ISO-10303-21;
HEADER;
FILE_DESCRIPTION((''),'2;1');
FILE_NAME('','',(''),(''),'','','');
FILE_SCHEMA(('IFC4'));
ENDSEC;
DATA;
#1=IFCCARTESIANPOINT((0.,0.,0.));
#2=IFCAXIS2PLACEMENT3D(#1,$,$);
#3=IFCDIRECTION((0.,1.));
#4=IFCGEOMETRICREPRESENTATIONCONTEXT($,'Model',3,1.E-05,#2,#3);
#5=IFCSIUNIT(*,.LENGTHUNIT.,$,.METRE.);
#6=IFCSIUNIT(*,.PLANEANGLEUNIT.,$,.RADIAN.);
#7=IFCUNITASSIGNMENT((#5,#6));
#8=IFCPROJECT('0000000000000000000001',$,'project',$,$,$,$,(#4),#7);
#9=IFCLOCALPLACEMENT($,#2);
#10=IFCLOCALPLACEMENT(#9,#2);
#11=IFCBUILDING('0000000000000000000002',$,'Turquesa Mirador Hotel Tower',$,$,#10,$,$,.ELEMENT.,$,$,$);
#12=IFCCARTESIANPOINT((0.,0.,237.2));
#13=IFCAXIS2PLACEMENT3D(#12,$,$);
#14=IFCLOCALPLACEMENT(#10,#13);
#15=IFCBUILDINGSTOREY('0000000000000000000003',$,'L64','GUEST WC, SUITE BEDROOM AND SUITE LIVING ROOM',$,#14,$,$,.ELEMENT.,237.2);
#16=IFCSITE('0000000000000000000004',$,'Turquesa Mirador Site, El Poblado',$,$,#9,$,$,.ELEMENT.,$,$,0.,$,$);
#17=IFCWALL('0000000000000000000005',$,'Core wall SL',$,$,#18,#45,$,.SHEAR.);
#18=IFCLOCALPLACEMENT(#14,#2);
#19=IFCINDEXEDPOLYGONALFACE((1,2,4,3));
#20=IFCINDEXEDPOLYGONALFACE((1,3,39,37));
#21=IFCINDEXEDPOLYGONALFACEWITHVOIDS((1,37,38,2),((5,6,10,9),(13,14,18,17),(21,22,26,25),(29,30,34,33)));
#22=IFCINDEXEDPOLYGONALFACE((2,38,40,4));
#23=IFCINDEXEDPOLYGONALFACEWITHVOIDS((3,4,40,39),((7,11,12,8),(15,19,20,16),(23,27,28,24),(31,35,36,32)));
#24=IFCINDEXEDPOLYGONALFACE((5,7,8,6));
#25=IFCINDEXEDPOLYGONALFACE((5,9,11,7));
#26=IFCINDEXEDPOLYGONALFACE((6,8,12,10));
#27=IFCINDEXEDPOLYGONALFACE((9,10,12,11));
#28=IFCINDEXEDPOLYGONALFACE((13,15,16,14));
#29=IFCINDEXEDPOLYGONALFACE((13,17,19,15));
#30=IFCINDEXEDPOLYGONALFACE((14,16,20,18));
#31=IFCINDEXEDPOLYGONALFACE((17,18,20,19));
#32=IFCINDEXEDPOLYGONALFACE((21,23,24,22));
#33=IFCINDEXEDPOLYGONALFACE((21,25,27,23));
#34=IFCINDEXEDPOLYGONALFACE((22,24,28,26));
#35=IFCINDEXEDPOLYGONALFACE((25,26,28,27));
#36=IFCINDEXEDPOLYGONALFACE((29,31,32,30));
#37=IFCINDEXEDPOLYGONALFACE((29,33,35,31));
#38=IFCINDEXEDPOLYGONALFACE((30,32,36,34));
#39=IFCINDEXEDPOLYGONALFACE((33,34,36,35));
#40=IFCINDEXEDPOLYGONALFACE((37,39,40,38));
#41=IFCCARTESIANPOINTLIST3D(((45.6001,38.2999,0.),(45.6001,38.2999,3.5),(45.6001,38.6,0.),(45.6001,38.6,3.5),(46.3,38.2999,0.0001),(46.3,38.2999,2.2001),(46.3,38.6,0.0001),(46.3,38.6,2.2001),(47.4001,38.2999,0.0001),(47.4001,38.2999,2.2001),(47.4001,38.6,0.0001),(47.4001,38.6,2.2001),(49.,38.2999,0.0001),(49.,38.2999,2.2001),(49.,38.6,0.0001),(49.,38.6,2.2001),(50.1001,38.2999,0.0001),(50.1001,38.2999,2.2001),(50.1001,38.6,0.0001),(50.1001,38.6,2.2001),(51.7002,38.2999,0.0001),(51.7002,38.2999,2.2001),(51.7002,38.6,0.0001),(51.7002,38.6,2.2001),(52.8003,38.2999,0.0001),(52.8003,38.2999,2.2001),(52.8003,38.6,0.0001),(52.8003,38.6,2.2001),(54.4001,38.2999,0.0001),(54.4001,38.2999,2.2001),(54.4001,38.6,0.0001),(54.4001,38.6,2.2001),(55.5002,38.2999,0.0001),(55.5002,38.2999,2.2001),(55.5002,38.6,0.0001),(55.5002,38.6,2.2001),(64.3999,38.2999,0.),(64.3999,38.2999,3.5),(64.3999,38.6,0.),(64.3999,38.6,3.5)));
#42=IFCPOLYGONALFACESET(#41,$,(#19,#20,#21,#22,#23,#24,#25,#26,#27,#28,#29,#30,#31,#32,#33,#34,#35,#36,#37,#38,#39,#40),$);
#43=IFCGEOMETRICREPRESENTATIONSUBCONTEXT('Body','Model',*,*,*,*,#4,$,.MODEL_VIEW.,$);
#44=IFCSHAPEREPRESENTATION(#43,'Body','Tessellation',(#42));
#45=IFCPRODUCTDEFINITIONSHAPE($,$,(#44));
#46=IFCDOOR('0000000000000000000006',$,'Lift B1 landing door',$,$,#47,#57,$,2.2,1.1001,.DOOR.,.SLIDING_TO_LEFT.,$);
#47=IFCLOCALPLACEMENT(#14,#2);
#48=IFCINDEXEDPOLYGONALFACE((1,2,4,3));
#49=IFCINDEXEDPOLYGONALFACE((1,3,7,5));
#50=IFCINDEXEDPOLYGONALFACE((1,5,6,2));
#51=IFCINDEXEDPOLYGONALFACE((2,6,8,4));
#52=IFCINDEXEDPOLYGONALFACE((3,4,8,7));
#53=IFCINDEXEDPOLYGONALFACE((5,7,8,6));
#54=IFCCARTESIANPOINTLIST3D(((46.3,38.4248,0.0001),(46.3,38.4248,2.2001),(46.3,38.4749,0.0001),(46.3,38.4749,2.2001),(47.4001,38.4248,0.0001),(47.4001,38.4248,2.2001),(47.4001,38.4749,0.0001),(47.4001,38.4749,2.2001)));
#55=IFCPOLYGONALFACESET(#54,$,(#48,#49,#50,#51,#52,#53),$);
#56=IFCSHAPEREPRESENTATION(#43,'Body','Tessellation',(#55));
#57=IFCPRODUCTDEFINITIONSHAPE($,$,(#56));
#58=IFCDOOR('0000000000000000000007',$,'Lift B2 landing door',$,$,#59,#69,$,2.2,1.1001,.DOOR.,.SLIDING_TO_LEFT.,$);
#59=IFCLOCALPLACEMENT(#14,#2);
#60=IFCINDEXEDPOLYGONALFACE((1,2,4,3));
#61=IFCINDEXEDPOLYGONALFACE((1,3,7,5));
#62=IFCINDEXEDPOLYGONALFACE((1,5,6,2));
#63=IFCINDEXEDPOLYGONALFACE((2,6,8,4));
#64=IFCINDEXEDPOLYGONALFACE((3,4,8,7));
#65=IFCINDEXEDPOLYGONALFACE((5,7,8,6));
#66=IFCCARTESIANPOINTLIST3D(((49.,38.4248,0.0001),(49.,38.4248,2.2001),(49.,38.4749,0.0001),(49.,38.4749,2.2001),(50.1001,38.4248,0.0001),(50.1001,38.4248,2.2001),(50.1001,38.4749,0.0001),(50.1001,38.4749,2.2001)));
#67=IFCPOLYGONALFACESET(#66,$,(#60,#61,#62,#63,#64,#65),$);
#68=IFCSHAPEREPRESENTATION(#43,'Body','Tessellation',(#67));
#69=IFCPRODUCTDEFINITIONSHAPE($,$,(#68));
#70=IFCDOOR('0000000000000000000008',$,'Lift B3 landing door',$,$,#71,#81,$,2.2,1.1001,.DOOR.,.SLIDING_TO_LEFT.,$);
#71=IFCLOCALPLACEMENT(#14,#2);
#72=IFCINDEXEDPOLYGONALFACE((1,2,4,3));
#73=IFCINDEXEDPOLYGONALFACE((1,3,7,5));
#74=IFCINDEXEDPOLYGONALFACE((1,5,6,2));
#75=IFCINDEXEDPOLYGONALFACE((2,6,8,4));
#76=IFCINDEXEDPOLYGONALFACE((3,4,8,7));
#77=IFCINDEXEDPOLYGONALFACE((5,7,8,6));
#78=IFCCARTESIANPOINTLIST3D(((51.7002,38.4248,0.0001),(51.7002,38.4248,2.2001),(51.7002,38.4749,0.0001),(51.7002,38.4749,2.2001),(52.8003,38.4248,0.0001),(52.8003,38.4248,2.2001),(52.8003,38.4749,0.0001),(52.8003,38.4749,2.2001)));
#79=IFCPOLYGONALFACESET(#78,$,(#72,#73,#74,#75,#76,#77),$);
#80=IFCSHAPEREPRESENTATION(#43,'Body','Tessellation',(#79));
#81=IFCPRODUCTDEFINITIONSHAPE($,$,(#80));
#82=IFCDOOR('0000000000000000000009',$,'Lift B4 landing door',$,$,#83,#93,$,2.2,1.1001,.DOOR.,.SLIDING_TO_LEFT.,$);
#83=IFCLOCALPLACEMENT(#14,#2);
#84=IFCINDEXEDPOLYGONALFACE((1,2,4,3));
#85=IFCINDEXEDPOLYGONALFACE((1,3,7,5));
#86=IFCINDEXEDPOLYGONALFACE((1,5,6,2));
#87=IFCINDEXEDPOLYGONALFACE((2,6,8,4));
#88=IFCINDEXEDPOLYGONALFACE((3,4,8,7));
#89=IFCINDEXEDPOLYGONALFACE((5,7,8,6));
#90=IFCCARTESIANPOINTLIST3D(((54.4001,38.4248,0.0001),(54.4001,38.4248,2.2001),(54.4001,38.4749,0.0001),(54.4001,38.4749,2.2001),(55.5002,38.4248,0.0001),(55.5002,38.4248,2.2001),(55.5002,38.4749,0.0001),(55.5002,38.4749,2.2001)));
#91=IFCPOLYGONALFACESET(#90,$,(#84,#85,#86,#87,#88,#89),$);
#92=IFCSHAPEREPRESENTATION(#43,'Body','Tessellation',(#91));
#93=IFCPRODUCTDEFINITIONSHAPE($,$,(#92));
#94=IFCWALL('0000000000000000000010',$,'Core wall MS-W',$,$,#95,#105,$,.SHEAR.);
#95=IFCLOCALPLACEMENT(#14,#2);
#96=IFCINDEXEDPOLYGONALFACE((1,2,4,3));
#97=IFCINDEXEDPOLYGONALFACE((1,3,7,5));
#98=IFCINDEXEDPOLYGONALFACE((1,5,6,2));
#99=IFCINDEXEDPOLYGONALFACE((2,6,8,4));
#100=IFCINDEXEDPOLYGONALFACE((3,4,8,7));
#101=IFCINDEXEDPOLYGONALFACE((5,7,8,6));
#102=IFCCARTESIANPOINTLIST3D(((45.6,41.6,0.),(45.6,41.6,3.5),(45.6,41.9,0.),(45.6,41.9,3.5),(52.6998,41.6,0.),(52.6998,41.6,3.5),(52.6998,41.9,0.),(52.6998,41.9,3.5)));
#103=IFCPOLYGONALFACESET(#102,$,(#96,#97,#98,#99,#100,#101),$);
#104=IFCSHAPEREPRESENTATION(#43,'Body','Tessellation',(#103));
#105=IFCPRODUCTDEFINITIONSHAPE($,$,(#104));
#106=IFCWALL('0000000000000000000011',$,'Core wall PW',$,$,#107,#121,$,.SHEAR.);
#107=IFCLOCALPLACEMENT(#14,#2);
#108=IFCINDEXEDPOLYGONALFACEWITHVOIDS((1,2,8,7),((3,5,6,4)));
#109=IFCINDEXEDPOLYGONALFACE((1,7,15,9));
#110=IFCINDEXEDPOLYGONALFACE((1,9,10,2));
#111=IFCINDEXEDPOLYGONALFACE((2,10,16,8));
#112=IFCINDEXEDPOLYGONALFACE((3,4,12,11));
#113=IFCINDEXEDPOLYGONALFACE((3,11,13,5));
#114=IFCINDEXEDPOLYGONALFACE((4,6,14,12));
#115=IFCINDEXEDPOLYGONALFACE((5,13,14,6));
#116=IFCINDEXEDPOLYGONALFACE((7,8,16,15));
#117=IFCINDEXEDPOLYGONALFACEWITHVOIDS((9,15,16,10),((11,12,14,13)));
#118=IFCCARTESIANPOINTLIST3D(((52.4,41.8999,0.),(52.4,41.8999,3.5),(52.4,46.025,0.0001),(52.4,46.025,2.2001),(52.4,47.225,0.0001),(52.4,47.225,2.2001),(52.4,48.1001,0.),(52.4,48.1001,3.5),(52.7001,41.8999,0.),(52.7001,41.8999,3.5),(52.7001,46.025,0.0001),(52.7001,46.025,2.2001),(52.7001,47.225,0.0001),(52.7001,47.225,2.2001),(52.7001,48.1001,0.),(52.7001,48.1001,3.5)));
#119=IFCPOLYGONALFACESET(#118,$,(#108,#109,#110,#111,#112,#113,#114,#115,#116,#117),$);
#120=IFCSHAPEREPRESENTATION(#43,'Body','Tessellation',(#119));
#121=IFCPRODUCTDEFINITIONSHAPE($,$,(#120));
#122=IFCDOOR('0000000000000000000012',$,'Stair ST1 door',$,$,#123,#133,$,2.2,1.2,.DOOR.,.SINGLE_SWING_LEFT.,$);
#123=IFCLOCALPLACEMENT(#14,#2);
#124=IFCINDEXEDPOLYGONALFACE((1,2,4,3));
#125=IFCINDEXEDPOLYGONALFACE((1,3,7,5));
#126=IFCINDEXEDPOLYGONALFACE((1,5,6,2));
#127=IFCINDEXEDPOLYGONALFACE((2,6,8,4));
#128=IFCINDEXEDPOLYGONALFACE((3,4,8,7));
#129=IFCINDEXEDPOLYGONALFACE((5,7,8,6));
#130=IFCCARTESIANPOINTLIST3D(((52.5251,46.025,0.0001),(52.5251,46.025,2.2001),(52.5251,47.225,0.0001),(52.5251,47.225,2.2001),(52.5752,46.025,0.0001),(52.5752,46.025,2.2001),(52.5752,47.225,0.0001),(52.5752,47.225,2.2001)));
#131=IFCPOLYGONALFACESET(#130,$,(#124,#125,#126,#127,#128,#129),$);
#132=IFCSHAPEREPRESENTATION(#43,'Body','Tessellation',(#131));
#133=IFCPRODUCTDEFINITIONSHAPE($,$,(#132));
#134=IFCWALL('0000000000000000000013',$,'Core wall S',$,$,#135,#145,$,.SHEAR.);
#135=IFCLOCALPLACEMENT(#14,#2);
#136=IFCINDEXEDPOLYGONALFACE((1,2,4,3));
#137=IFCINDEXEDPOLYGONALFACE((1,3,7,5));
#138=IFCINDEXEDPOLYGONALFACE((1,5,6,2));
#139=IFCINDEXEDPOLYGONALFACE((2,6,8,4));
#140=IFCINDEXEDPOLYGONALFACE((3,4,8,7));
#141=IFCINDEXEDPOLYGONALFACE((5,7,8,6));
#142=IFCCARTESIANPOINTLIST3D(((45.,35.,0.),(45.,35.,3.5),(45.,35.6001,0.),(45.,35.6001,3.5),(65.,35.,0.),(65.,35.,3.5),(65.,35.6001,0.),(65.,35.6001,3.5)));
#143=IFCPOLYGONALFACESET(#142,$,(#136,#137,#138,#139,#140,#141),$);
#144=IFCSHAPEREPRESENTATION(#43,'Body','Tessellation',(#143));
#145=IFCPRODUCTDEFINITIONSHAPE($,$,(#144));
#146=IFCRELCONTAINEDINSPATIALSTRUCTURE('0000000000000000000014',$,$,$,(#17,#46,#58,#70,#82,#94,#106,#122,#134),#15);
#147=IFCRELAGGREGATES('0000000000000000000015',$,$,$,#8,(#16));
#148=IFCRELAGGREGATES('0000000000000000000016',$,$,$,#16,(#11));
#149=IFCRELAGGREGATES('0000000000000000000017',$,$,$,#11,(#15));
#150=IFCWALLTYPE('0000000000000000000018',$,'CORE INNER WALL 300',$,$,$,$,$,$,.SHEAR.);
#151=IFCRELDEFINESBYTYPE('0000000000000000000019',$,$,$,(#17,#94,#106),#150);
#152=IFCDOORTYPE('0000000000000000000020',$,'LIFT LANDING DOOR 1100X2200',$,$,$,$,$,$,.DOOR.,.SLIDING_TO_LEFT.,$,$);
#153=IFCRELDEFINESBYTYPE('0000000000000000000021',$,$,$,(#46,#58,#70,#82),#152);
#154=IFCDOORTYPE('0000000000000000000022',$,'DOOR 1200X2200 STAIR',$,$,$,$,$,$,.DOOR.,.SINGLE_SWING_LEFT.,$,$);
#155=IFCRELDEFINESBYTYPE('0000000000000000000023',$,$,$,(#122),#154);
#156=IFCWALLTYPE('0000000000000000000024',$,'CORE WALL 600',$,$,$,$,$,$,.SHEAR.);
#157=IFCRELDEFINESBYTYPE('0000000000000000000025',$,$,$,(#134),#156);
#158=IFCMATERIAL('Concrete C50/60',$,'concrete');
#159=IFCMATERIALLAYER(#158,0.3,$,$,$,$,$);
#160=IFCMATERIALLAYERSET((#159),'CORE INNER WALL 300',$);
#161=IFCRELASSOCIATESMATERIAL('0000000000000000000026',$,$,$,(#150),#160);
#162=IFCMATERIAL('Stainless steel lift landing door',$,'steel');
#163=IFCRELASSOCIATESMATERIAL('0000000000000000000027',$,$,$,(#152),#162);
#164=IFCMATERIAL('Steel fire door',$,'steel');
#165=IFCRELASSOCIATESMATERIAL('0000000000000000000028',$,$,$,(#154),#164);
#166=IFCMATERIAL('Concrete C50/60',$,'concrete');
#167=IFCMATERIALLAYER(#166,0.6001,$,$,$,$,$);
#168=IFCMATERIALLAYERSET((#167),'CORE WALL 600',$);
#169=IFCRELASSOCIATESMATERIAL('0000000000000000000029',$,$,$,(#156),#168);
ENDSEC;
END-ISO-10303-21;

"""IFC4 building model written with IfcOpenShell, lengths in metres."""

from ifc_helpers import new_model, si_unit, direction, frame, frame_2d, origin, place, context, subcontext, project, spatial, rectangle, extrude, material, layer, layer_set, type_object, element, fill, save


model = new_model("IFC4")

# Units and contexts
model_context = context("Model", 3, precision=1e-05, world=origin(), true_north=direction((0.0, 1.0)))
body_context = subcontext(model_context, "Body", "Model", "MODEL_VIEW")
ifc_project = project(units=[si_unit("LENGTHUNIT", "METRE"), si_unit("PLANEANGLEUNIT", "RADIAN")], contexts=[model_context])

# Site, building, storey
site_placement = place(None, origin())
site = spatial("IfcSite", under=ifc_project, at=site_placement, Name="Turquesa Mirador Site, El Poblado", CompositionType="ELEMENT", RefElevation=0.0)
building_placement = place(site_placement, origin())
building = spatial("IfcBuilding", under=site, at=building_placement, Name="Turquesa Mirador Hotel Tower", CompositionType="ELEMENT")
storey_placement = place(building_placement, frame((0.0, 0.0, 237.2)))
storey = spatial("IfcBuildingStorey", under=building, at=storey_placement, Name="L64", Description="GUEST WC, SUITE BEDROOM AND SUITE LIVING ROOM", CompositionType="ELEMENT", Elevation=237.2)

# Wall, openings, doors
ifc_material_1 = material(Name="Concrete C50/60", Category="concrete")
ifc_layer_1 = layer(ifc_material_1, 0.3)
ifc_layer_set_1 = layer_set([ifc_layer_1], Name="CORE INNER WALL 300")
wall_type_1 = type_object("IfcWallType", Name="CORE INNER WALL 300", PredefinedType="SHEAR", material=ifc_layer_set_1)
wall_1_placement = place(storey_placement, frame((45.6001, 38.45, 0.0), z_axis=(0.0, 0.0, 1.0), x_axis=(1.0, 0.0, 0.0)))
wall_1 = element("IfcWall", 1, at=wall_1_placement, inside=storey, type_object=wall_type_1, Name="Core wall SL", PredefinedType="SHEAR", context=body_context, shape_type="SweptSolid", body=[
    extrude(rectangle(XDim=18.7998, YDim=0.3, at=frame_2d((9.3999, 0.0))), origin(), (0.0, 0.0, 1.0), 3.5),
])
opening_1_placement = place(wall_1_placement, frame((0.7, 0.0, 0.0)))
opening_1 = element("IfcOpeningElement", 2, at=opening_1_placement, cuts=wall_1, PredefinedType="OPENING", context=body_context, shape_type="SweptSolid", body=[
    extrude(rectangle(XDim=1.1001, YDim=2.2, at=frame_2d((0.55, 1.1001))), frame((0.0, 0.1599, 0.0), z_axis=(0.0, -1.0, 0.0), x_axis=(1.0, 0.0, 0.0)), (0.0, 0.0, 1.0), 0.3201),
])
opening_2_placement = place(wall_1_placement, frame((3.3999, 0.0, 0.0)))
opening_2 = element("IfcOpeningElement", 3, at=opening_2_placement, cuts=wall_1, PredefinedType="OPENING", context=body_context, shape_type="SweptSolid", body=[
    extrude(rectangle(XDim=1.1001, YDim=2.2, at=frame_2d((0.55, 1.1001))), frame((0.0, 0.1599, 0.0), z_axis=(0.0, -1.0, 0.0), x_axis=(1.0, 0.0, 0.0)), (0.0, 0.0, 1.0), 0.3201),
])
opening_3_placement = place(wall_1_placement, frame((6.1001, 0.0, 0.0)))
opening_3 = element("IfcOpeningElement", 4, at=opening_3_placement, cuts=wall_1, PredefinedType="OPENING", context=body_context, shape_type="SweptSolid", body=[
    extrude(rectangle(XDim=1.1001, YDim=2.2, at=frame_2d((0.55, 1.1001))), frame((0.0, 0.1599, 0.0), z_axis=(0.0, -1.0, 0.0), x_axis=(1.0, 0.0, 0.0)), (0.0, 0.0, 1.0), 0.3201),
])
opening_4_placement = place(wall_1_placement, frame((8.8, 0.0, 0.0)))
opening_4 = element("IfcOpeningElement", 5, at=opening_4_placement, cuts=wall_1, PredefinedType="OPENING", context=body_context, shape_type="SweptSolid", body=[
    extrude(rectangle(XDim=1.1001, YDim=2.2, at=frame_2d((0.55, 1.1001))), frame((0.0, 0.1599, 0.0), z_axis=(0.0, -1.0, 0.0), x_axis=(1.0, 0.0, 0.0)), (0.0, 0.0, 1.0), 0.3201),
])
ifc_material_2 = material(Name="Stainless steel lift landing door", Category="steel")
door_type_1 = type_object("IfcDoorType", Name="LIFT LANDING DOOR 1100X2200", OperationType="SLIDING_TO_LEFT", PredefinedType="DOOR", material=ifc_material_2)
door_1_placement = place(opening_1_placement, origin())
door_1 = element("IfcDoor", 6, at=door_1_placement, inside=storey, type_object=door_type_1, Name="Lift B1 landing door", OperationType="SLIDING_TO_LEFT", OverallHeight=2.2, OverallWidth=1.1001, PredefinedType="DOOR", context=body_context, shape_type="SweptSolid", body=[
    extrude(rectangle(XDim=1.1001, YDim=2.2, at=frame_2d((0.55, 1.1001))), frame((0.0, 0.0249, 0.0), z_axis=(0.0, -1.0, 0.0), x_axis=(1.0, 0.0, 0.0)), (0.0, 0.0, 1.0), 0.05),
])
fill(opening_1, door_1)
door_2_placement = place(opening_2_placement, origin())
door_2 = element("IfcDoor", 7, at=door_2_placement, inside=storey, type_object=door_type_1, Name="Lift B2 landing door", OperationType="SLIDING_TO_LEFT", OverallHeight=2.2, OverallWidth=1.1001, PredefinedType="DOOR", context=body_context, shape_type="SweptSolid", body=[
    extrude(rectangle(XDim=1.1001, YDim=2.2, at=frame_2d((0.55, 1.1001))), frame((0.0, 0.0249, 0.0), z_axis=(0.0, -1.0, 0.0), x_axis=(1.0, 0.0, 0.0)), (0.0, 0.0, 1.0), 0.05),
])
fill(opening_2, door_2)
door_3_placement = place(opening_3_placement, origin())
door_3 = element("IfcDoor", 8, at=door_3_placement, inside=storey, type_object=door_type_1, Name="Lift B3 landing door", OperationType="SLIDING_TO_LEFT", OverallHeight=2.2, OverallWidth=1.1001, PredefinedType="DOOR", context=body_context, shape_type="SweptSolid", body=[
    extrude(rectangle(XDim=1.1001, YDim=2.2, at=frame_2d((0.55, 1.1001))), frame((0.0, 0.0249, 0.0), z_axis=(0.0, -1.0, 0.0), x_axis=(1.0, 0.0, 0.0)), (0.0, 0.0, 1.0), 0.05),
])
fill(opening_3, door_3)
door_4_placement = place(opening_4_placement, origin())
door_4 = element("IfcDoor", 9, at=door_4_placement, inside=storey, type_object=door_type_1, Name="Lift B4 landing door", OperationType="SLIDING_TO_LEFT", OverallHeight=2.2, OverallWidth=1.1001, PredefinedType="DOOR", context=body_context, shape_type="SweptSolid", body=[
    extrude(rectangle(XDim=1.1001, YDim=2.2, at=frame_2d((0.55, 1.1001))), frame((0.0, 0.0249, 0.0), z_axis=(0.0, -1.0, 0.0), x_axis=(1.0, 0.0, 0.0)), (0.0, 0.0, 1.0), 0.05),
])
fill(opening_4, door_4)

# Wall
wall_2_placement = place(storey_placement, frame((45.6001, 41.75, 0.0), z_axis=(0.0, 0.0, 1.0), x_axis=(1.0, 0.0, 0.0)))
element("IfcWall", 10, at=wall_2_placement, inside=storey, type_object=wall_type_1, Name="Core wall MS-W", PredefinedType="SHEAR", context=body_context, shape_type="SweptSolid", body=[
    extrude(rectangle(XDim=7.0999, YDim=0.3, at=frame_2d((3.5498, 0.0))), origin(), (0.0, 0.0, 1.0), 3.5),
])

# Wall, opening, door
wall_3_placement = place(storey_placement, frame((52.55, 41.8999, 0.0), z_axis=(0.0, 0.0, 1.0), x_axis=(0.0, 1.0, 0.0)))
wall_3 = element("IfcWall", 11, at=wall_3_placement, inside=storey, type_object=wall_type_1, Name="Core wall PW", PredefinedType="SHEAR", context=body_context, shape_type="SweptSolid", body=[
    extrude(rectangle(XDim=6.2002, YDim=0.3, at=frame_2d((3.1001, 0.0))), origin(), (0.0, 0.0, 1.0), 3.5),
])
opening_5_placement = place(wall_3_placement, frame((4.125, 0.0, 0.0)))
opening_5 = element("IfcOpeningElement", 12, at=opening_5_placement, cuts=wall_3, PredefinedType="OPENING", context=body_context, shape_type="SweptSolid", body=[
    extrude(rectangle(XDim=1.2, YDim=2.2, at=frame_2d((0.6001, 1.1001))), frame((0.0, 0.1599, 0.0), z_axis=(0.0, -1.0, 0.0), x_axis=(1.0, 0.0, 0.0)), (0.0, 0.0, 1.0), 0.3201),
])
ifc_material_3 = material(Name="Steel fire door", Category="steel")
door_type_2 = type_object("IfcDoorType", Name="DOOR 1200X2200 STAIR", OperationType="SINGLE_SWING_LEFT", PredefinedType="DOOR", material=ifc_material_3)
door_5_placement = place(opening_5_placement, origin())
door_5 = element("IfcDoor", 13, at=door_5_placement, inside=storey, type_object=door_type_2, Name="Stair ST1 door", OperationType="SINGLE_SWING_LEFT", OverallHeight=2.2, OverallWidth=1.2, PredefinedType="DOOR", context=body_context, shape_type="SweptSolid", body=[
    extrude(rectangle(XDim=1.2, YDim=2.2, at=frame_2d((0.6001, 1.1001))), frame((0.0, 0.0249, 0.0), z_axis=(0.0, -1.0, 0.0), x_axis=(1.0, 0.0, 0.0)), (0.0, 0.0, 1.0), 0.05),
])
fill(opening_5, door_5)

# Wall
ifc_material_4 = material(Name="Concrete C50/60", Category="concrete")
ifc_layer_2 = layer(ifc_material_4, 0.6001)
ifc_layer_set_2 = layer_set([ifc_layer_2], Name="CORE WALL 600")
wall_type_2 = type_object("IfcWallType", Name="CORE WALL 600", PredefinedType="SHEAR", material=ifc_layer_set_2)
wall_4_placement = place(storey_placement, frame((45.0, 35.3, 0.0), z_axis=(0.0, 0.0, 1.0), x_axis=(1.0, 0.0, 0.0)))
element("IfcWall", 14, at=wall_4_placement, inside=storey, type_object=wall_type_2, Name="Core wall S", PredefinedType="SHEAR", context=body_context, shape_type="SweptSolid", body=[
    extrude(rectangle(XDim=20.0, YDim=0.6001, at=frame_2d((10.0, 0.0))), origin(), (0.0, 0.0, 1.0), 3.5),
])

save(model, "model.ifc")
